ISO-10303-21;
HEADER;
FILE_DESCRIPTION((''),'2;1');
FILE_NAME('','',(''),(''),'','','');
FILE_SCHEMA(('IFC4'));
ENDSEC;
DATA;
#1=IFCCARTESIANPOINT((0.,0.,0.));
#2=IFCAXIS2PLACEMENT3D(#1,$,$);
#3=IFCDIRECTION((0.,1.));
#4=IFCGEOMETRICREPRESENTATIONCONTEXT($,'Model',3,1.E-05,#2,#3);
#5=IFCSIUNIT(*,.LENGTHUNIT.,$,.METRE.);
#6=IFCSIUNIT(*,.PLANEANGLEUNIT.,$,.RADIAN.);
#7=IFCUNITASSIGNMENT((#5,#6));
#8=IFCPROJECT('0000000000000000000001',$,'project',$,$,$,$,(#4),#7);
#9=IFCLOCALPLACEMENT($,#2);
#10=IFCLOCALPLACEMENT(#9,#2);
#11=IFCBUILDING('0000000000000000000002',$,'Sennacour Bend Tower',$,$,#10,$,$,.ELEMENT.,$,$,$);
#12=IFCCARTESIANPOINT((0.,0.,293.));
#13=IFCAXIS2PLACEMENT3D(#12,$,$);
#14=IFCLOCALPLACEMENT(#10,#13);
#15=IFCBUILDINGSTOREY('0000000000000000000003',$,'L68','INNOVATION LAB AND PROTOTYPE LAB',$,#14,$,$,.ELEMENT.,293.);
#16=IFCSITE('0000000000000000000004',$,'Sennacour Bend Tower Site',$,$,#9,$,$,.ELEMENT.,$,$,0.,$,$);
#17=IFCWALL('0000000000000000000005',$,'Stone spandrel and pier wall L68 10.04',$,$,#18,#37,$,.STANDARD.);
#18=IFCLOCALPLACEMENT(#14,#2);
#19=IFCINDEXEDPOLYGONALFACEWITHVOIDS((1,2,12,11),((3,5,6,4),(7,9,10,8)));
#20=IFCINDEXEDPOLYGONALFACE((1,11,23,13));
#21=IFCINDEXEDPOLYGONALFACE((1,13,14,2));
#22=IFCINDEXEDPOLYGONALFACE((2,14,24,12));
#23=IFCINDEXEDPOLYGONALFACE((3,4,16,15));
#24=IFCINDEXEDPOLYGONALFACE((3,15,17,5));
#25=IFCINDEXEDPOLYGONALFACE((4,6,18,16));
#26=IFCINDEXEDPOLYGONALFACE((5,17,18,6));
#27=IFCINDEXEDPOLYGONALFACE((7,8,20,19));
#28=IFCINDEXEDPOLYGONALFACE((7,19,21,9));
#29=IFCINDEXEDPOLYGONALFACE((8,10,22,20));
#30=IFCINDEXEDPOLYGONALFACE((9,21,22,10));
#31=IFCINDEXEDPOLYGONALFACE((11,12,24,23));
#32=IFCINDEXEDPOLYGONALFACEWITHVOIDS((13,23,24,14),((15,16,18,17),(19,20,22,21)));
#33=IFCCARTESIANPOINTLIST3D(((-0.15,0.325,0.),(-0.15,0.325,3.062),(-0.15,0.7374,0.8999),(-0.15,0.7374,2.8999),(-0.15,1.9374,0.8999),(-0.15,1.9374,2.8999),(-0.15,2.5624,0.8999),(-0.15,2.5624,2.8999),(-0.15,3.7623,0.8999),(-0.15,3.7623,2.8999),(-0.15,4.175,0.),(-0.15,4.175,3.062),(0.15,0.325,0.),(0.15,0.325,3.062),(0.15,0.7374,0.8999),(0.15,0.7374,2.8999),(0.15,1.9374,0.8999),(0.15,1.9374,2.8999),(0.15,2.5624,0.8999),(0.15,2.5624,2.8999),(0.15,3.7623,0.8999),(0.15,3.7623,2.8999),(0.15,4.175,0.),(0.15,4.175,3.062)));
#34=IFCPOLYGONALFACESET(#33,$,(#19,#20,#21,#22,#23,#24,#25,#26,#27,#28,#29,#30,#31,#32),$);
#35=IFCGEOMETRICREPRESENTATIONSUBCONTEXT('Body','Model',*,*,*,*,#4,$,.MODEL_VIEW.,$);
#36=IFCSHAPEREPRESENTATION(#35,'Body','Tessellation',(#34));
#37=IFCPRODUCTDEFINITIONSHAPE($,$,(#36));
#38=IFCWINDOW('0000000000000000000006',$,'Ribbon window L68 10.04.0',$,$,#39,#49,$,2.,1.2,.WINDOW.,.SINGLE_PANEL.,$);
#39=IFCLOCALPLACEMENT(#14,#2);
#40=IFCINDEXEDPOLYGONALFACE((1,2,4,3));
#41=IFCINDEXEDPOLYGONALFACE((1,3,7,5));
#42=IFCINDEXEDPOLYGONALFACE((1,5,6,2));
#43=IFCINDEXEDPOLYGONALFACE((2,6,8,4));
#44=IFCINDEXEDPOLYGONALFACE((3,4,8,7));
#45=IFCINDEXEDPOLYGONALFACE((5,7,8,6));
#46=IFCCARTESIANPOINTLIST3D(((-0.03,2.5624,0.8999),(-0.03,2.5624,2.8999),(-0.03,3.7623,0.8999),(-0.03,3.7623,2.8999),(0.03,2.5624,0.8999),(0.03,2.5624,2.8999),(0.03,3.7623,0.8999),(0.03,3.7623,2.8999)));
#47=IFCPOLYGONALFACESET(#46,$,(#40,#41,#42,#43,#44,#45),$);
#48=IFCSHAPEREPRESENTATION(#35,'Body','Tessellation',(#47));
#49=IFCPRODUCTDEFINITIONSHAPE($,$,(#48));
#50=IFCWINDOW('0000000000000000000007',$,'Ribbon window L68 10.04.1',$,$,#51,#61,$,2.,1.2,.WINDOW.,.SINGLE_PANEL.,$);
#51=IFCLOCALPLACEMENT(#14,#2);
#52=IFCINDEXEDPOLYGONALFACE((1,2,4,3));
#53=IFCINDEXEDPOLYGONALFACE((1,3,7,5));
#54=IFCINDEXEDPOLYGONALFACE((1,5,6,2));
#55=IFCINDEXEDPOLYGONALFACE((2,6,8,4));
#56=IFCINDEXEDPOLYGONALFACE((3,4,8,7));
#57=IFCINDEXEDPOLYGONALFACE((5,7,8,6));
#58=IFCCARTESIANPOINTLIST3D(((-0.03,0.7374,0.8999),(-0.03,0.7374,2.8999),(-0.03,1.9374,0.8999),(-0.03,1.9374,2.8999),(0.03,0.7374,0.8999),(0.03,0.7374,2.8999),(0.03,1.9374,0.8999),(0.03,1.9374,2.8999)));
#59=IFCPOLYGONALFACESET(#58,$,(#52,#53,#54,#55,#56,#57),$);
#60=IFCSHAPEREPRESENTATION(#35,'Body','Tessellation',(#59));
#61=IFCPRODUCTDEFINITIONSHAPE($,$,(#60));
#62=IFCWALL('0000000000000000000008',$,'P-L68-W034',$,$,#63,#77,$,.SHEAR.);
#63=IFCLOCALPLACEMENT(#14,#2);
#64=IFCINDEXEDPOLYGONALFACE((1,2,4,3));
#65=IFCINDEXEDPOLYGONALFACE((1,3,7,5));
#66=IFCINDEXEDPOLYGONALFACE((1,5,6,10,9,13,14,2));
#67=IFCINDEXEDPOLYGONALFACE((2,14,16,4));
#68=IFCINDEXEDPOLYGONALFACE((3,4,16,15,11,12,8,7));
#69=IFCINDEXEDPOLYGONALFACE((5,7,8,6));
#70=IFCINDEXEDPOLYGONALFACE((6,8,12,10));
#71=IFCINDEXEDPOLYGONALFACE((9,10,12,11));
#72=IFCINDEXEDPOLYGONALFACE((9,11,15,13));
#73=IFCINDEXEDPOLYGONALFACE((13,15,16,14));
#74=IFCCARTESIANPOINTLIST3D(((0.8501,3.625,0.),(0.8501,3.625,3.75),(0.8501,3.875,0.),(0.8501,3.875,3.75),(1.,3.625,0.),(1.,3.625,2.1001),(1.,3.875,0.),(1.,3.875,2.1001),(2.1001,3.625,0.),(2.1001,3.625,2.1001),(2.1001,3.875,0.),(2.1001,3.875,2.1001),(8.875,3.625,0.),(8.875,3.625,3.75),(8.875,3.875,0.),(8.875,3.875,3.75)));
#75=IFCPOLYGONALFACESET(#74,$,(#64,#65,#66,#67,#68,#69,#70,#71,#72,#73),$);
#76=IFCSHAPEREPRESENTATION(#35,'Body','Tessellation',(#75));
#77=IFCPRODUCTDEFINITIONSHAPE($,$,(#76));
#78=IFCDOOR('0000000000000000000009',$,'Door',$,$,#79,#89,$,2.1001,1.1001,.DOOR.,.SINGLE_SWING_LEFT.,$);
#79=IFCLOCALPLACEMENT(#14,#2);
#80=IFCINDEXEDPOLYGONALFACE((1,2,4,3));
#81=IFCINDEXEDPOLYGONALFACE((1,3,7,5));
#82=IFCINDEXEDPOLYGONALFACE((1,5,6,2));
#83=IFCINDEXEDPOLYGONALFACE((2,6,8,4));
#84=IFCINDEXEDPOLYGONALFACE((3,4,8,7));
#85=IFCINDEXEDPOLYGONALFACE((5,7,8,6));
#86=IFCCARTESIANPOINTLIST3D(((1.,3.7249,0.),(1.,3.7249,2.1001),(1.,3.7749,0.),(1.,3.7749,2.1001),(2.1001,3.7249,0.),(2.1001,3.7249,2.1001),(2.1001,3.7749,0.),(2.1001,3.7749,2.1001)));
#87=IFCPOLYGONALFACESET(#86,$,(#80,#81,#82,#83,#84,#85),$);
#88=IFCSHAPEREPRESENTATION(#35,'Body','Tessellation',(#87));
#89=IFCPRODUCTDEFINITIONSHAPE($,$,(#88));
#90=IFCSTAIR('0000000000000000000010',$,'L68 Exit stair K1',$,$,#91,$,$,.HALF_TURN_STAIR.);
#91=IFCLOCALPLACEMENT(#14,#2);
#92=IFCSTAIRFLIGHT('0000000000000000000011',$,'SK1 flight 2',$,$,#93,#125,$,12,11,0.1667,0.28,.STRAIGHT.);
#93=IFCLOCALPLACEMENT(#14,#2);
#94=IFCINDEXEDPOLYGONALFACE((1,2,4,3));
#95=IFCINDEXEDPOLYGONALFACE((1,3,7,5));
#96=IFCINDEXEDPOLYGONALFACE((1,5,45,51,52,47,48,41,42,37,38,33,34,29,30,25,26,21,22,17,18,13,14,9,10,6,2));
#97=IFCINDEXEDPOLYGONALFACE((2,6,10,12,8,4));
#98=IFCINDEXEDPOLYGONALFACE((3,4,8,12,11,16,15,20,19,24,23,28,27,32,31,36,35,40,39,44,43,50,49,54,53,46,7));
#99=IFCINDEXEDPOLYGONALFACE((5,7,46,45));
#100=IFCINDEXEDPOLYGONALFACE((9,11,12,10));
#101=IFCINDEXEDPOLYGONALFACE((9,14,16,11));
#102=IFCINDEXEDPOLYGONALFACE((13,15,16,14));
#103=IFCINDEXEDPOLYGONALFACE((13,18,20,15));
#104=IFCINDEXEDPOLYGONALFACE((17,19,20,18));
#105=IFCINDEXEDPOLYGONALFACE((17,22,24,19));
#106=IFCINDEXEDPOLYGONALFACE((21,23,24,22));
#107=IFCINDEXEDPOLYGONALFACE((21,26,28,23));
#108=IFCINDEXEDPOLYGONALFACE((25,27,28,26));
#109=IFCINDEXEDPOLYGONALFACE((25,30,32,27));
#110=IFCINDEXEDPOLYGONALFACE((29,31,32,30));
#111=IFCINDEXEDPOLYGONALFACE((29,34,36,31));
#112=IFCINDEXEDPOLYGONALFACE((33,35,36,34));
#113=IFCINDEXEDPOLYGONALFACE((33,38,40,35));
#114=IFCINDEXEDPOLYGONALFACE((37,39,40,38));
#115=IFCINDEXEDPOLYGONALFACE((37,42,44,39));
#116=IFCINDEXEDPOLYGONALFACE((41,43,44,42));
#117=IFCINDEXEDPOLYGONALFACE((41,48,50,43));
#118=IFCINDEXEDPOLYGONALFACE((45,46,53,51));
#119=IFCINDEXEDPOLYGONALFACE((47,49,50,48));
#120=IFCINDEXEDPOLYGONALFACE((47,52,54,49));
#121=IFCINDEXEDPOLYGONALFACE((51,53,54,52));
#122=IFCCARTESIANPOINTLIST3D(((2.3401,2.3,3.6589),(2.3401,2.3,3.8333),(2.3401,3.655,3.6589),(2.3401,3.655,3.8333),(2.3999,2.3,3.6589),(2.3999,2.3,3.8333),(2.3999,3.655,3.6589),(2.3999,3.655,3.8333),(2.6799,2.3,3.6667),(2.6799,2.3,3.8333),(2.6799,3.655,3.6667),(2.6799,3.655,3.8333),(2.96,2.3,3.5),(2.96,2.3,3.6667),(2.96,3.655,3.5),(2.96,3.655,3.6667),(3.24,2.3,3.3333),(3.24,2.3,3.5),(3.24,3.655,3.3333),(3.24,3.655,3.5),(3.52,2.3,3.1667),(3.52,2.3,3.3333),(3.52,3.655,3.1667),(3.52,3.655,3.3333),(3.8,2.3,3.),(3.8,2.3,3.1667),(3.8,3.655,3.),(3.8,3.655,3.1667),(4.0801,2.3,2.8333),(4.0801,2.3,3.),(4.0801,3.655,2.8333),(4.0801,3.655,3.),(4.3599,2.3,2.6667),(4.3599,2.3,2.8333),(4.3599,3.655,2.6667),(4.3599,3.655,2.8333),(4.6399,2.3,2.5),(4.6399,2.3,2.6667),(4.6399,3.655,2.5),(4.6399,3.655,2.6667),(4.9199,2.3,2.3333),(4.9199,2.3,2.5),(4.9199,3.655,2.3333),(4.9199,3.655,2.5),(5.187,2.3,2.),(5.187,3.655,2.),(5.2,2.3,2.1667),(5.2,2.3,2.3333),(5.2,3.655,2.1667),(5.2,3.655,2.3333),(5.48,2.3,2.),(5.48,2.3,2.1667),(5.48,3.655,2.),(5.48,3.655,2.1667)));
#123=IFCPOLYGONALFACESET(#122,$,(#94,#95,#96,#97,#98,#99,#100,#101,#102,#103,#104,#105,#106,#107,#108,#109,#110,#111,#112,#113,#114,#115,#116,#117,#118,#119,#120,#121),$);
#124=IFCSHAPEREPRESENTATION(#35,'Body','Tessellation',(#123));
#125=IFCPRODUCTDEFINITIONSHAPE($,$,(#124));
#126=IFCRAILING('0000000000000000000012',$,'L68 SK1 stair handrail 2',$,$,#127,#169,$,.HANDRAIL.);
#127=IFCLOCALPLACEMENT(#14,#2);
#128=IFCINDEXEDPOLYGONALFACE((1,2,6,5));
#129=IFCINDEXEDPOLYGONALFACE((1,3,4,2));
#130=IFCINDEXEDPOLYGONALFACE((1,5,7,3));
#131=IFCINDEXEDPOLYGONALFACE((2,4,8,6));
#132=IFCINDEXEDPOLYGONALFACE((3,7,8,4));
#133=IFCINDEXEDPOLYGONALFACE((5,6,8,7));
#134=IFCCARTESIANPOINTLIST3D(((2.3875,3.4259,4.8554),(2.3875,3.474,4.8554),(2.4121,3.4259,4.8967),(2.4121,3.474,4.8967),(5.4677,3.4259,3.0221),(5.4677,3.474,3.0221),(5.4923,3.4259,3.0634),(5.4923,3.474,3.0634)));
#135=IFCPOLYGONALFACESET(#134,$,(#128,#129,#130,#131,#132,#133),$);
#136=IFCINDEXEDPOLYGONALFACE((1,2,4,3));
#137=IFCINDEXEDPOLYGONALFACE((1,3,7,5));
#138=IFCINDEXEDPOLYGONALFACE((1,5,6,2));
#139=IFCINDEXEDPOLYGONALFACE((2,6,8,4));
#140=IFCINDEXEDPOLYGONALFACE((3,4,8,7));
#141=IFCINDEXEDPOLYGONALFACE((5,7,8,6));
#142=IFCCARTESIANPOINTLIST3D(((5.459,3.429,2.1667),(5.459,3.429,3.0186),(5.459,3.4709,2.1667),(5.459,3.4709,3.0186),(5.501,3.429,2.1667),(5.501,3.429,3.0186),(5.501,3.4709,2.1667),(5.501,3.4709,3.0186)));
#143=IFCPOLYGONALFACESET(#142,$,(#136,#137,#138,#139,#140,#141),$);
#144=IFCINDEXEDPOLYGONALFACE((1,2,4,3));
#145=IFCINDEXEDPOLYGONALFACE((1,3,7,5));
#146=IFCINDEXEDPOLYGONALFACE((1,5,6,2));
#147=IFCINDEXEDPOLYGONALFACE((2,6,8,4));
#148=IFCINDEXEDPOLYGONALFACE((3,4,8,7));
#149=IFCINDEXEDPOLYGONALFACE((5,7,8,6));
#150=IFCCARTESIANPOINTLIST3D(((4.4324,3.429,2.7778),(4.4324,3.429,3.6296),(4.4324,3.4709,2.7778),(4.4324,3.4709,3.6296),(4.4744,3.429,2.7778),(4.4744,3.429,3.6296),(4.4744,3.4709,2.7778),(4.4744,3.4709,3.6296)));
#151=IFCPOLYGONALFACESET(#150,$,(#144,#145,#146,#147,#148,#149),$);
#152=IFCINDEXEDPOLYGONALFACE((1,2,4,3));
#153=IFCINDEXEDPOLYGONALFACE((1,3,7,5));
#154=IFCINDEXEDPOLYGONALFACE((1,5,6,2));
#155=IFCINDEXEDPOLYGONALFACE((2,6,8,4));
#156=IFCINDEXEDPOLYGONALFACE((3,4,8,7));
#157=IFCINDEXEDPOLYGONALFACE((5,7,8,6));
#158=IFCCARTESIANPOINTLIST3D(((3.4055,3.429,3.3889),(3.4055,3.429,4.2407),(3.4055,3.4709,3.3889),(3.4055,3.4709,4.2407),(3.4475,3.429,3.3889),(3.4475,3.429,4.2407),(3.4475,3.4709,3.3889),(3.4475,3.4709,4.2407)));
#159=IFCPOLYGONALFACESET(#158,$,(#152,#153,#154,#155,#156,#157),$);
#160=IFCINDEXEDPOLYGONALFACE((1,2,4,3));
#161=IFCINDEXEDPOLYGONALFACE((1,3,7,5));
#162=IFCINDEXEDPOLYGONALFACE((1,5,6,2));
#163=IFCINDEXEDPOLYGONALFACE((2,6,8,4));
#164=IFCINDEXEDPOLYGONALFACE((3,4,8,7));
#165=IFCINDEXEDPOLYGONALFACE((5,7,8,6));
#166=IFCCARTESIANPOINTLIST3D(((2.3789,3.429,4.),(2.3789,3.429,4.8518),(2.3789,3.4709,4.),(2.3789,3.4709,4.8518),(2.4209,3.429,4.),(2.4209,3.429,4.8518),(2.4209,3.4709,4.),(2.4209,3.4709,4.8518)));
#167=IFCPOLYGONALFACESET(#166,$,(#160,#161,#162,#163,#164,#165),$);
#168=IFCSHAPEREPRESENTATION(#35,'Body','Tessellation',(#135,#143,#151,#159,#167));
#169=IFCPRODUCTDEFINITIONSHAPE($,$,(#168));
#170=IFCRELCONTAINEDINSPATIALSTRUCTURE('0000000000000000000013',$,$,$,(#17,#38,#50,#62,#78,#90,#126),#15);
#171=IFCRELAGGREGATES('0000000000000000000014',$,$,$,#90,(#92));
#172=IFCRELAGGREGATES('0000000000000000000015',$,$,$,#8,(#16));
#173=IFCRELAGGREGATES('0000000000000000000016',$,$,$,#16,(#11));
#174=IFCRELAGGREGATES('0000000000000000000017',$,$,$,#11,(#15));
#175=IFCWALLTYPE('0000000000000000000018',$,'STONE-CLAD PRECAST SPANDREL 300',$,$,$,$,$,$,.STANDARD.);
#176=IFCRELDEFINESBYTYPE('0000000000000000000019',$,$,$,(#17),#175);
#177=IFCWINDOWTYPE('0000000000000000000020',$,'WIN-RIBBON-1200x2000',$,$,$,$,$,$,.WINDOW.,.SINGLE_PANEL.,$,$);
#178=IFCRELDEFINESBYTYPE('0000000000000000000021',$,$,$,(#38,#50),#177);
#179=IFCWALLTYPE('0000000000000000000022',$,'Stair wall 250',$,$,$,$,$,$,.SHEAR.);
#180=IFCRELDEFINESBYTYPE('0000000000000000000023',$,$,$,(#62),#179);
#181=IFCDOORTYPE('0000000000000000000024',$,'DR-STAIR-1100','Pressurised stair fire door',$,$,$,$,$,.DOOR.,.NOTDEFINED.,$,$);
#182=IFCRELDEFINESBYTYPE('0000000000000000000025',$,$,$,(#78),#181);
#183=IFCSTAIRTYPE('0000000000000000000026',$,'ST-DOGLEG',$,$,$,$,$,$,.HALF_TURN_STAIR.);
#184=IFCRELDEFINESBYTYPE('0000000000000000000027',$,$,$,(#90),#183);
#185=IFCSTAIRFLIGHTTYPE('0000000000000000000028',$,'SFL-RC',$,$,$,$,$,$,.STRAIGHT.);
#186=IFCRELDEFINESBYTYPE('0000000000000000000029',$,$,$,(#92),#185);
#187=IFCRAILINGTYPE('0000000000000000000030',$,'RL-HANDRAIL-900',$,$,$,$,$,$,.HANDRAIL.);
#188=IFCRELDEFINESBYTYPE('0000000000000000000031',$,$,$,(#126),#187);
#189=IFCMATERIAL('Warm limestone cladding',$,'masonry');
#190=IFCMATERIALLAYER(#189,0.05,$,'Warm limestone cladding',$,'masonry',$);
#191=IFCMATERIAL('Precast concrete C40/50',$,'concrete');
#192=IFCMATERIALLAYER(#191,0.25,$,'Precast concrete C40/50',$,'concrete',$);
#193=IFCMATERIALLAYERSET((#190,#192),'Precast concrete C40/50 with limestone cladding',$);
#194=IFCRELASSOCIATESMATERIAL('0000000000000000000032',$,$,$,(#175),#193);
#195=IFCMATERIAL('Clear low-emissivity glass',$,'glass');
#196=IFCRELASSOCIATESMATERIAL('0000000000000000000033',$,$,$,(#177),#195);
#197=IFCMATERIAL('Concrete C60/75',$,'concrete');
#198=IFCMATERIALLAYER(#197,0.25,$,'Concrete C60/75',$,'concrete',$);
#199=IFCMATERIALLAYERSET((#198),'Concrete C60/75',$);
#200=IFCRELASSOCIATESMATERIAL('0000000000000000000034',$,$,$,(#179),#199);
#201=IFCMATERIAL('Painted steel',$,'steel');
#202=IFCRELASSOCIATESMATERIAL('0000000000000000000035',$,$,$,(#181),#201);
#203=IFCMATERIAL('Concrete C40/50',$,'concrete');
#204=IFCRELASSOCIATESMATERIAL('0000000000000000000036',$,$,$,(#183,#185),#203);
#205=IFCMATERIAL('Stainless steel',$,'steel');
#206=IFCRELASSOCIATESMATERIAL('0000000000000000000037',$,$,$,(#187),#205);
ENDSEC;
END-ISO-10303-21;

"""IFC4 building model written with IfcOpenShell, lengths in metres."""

from ifc_helpers import new_model, si_unit, direction, frame, frame_2d, origin, origin_2d, place, context, subcontext, project, spatial, polyline, rectangle, outline, extrude, material, layer, layer_set, type_object, element, fill, aggregate, save


model = new_model("IFC4")

# Units and contexts
model_context = context("Model", 3, precision=1e-05, world=origin(), true_north=direction((0.0, 1.0)))
body_context = subcontext(model_context, "Body", "Model", "MODEL_VIEW")
ifc_project = project(units=[si_unit("LENGTHUNIT", "METRE"), si_unit("PLANEANGLEUNIT", "RADIAN")], contexts=[model_context])

# Site, building, storey
site_placement = place(None, origin())
site = spatial("IfcSite", under=ifc_project, at=site_placement, Name="Sennacour Bend Tower Site", CompositionType="ELEMENT", RefElevation=0.0)
building_placement = place(site_placement, origin())
building = spatial("IfcBuilding", under=site, at=building_placement, Name="Sennacour Bend Tower", CompositionType="ELEMENT")
storey_placement = place(building_placement, frame((0.0, 0.0, 293.0)))
storey = spatial("IfcBuildingStorey", under=building, at=storey_placement, Name="L68", Description="INNOVATION LAB AND PROTOTYPE LAB", CompositionType="ELEMENT", Elevation=293.0)

# Wall, openings, windows
ifc_material_1 = material(Name="Warm limestone cladding", Category="masonry")
ifc_layer_1 = layer(ifc_material_1, 0.05, Name="Warm limestone cladding", Category="masonry")
ifc_material_2 = material(Name="Precast concrete C40/50", Category="concrete")
ifc_layer_2 = layer(ifc_material_2, 0.25, Name="Precast concrete C40/50", Category="concrete")
ifc_layer_set_1 = layer_set([ifc_layer_1, ifc_layer_2], Name="Precast concrete C40/50 with limestone cladding")
wall_type_1 = type_object("IfcWallType", Name="STONE-CLAD PRECAST SPANDREL 300", PredefinedType="STANDARD", material=ifc_layer_set_1)
ifc_material_3 = material(Name="Clear low-emissivity glass", Category="glass")
window_type = type_object("IfcWindowType", Name="WIN-RIBBON-1200x2000", PartitioningType="SINGLE_PANEL", PredefinedType="WINDOW", material=ifc_material_3)
wall_1_placement = place(storey_placement, frame((0.0, 4.175, 0.0), z_axis=(0.0, 0.0, 1.0), x_axis=(0.0, -1.0, 0.0)))
wall_1 = element("IfcWall", 1, at=wall_1_placement, inside=storey, type_object=wall_type_1, Name="Stone spandrel and pier wall L68 10.04", PredefinedType="STANDARD", context=body_context, shape_type="SweptSolid", body=[
    extrude(rectangle(XDim=3.8501, YDim=0.3, at=frame_2d((1.925, 0.0))), origin(), (0.0, 0.0, 1.0), 3.062),
])
opening_1_placement = place(wall_1_placement, frame((0.4126, 0.0, 0.8999)))
opening_1 = element("IfcOpeningElement", 2, at=opening_1_placement, cuts=wall_1, PredefinedType="OPENING", context=body_context, shape_type="SweptSolid", body=[
    extrude(rectangle(XDim=1.2, YDim=2.0, at=frame_2d((0.6001, 1.0))), frame((0.0, 0.1602, 0.0), z_axis=(0.0, -1.0, 0.0), x_axis=(1.0, 0.0, 0.0)), (0.0, 0.0, 1.0), 0.3201),
])
opening_2_placement = place(wall_1_placement, frame((2.2375, 0.0, 0.8999)))
opening_2 = element("IfcOpeningElement", 3, at=opening_2_placement, cuts=wall_1, PredefinedType="OPENING", context=body_context, shape_type="SweptSolid", body=[
    extrude(rectangle(XDim=1.2, YDim=2.0, at=frame_2d((0.6001, 1.0))), frame((0.0, 0.1602, 0.0), z_axis=(0.0, -1.0, 0.0), x_axis=(1.0, 0.0, 0.0)), (0.0, 0.0, 1.0), 0.3201),
])
window_1_placement = place(opening_1_placement, origin())
window_1 = element("IfcWindow", 4, at=window_1_placement, inside=storey, type_object=window_type, Name="Ribbon window L68 10.04.0", OverallHeight=2.0, OverallWidth=1.2, PartitioningType="SINGLE_PANEL", PredefinedType="WINDOW", context=body_context, shape_type="SweptSolid", body=[
    extrude(rectangle(XDim=1.2, YDim=2.0, at=frame_2d((0.6001, 1.0))), frame((0.0, 0.03, 0.0), z_axis=(0.0, -1.0, 0.0), x_axis=(1.0, 0.0, 0.0)), (0.0, 0.0, 1.0), 0.0601),
])
fill(opening_1, window_1)
window_2_placement = place(opening_2_placement, origin())
window_2 = element("IfcWindow", 5, at=window_2_placement, inside=storey, type_object=window_type, Name="Ribbon window L68 10.04.1", OverallHeight=2.0, OverallWidth=1.2, PartitioningType="SINGLE_PANEL", PredefinedType="WINDOW", context=body_context, shape_type="SweptSolid", body=[
    extrude(rectangle(XDim=1.2, YDim=2.0, at=frame_2d((0.6001, 1.0))), frame((0.0, 0.03, 0.0), z_axis=(0.0, -1.0, 0.0), x_axis=(1.0, 0.0, 0.0)), (0.0, 0.0, 1.0), 0.0601),
])
fill(opening_2, window_2)

# Wall, opening, door
ifc_material_4 = material(Name="Concrete C60/75", Category="concrete")
ifc_layer_3 = layer(ifc_material_4, 0.25, Name="Concrete C60/75", Category="concrete")
ifc_layer_set_2 = layer_set([ifc_layer_3], Name="Concrete C60/75")
wall_type_2 = type_object("IfcWallType", Name="Stair wall 250", PredefinedType="SHEAR", material=ifc_layer_set_2)
wall_2_placement = place(storey_placement, frame((0.8501, 3.75, 0.0), z_axis=(0.0, 0.0, 1.0), x_axis=(1.0, 0.0, 0.0)))
wall_2 = element("IfcWall", 6, at=wall_2_placement, inside=storey, type_object=wall_type_2, Name="P-L68-W034", PredefinedType="SHEAR", context=body_context, shape_type="SweptSolid", body=[
    extrude(rectangle(XDim=8.0249, YDim=0.25, at=frame_2d((4.0125, 0.0))), origin(), (0.0, 0.0, 1.0), 3.75),
])
opening_3_placement = place(wall_2_placement, frame((0.1499, 0.0, 0.0)))
opening_3 = element("IfcOpeningElement", 7, at=opening_3_placement, cuts=wall_2, PredefinedType="OPENING", context=body_context, shape_type="SweptSolid", body=[
    extrude(rectangle(XDim=1.1001, YDim=2.1001, at=frame_2d((0.55, 1.05))), frame((0.0, 0.135, 0.0), z_axis=(0.0, -1.0, 0.0), x_axis=(1.0, 0.0, 0.0)), (0.0, 0.0, 1.0), 0.27),
])
ifc_material_5 = material(Name="Painted steel", Category="steel")
door_type = type_object("IfcDoorType", Name="DR-STAIR-1100", Description="Pressurised stair fire door", OperationType="NOTDEFINED", PredefinedType="DOOR", material=ifc_material_5)
door_placement = place(opening_3_placement, origin())
door = element("IfcDoor", 8, at=door_placement, inside=storey, type_object=door_type, Name="Door", OperationType="SINGLE_SWING_LEFT", OverallHeight=2.1001, OverallWidth=1.1001, PredefinedType="DOOR", context=body_context, shape_type="SweptSolid", body=[
    extrude(rectangle(XDim=1.1001, YDim=2.1001, at=frame_2d((0.55, 1.05))), frame((0.0, 0.0249, 0.0), z_axis=(0.0, -1.0, 0.0), x_axis=(1.0, 0.0, 0.0)), (0.0, 0.0, 1.0), 0.05),
])
fill(opening_3, door)

# Stair, stair flight
ifc_material_6 = material(Name="Concrete C40/50", Category="concrete")
stair_type = type_object("IfcStairType", Name="ST-DOGLEG", PredefinedType="HALF_TURN_STAIR", material=ifc_material_6)
stair_placement = place(storey_placement, origin())
stair = element("IfcStair", 9, at=stair_placement, inside=storey, type_object=stair_type, Name="L68 Exit stair K1", PredefinedType="HALF_TURN_STAIR")
stair_flight_type = type_object("IfcStairFlightType", Name="SFL-RC", PredefinedType="STRAIGHT", material=ifc_material_6)
stair_flight_placement = place(storey_placement, frame((5.48, 2.9775, 2.0), z_axis=(0.0, 0.0, 1.0), x_axis=(-1.0, 0.0, 0.0)))
stair_flight = element("IfcStairFlight", 10, at=stair_flight_placement, type_object=stair_flight_type, Name="SK1 flight 2", NumberOfRisers=12, NumberOfTreads=11, PredefinedType="STRAIGHT", RiserHeight=0.1667, TreadLength=0.28, context=body_context, shape_type="SweptSolid", body=[
    extrude(outline(polyline([(0.0, 0.0), (0.0, 0.1667), (0.28, 0.1667), (0.28, 0.3333), (0.5601, 0.3333), (0.5601, 0.5), (0.8401, 0.5), (0.8401, 0.6667), (1.1201, 0.6667), (1.1201, 0.8333), (1.3999, 0.8333), (1.3999, 1.0), (1.6799, 1.0), (1.6799, 1.1667), (1.96, 1.1667), (1.96, 1.3333), (2.24, 1.3333), (2.24, 1.5), (2.52, 1.5), (2.52, 1.6667), (2.8, 1.6667), (2.8, 1.8333), (3.0801, 1.8333), (3.1399, 1.8333), (3.1399, 1.6589), (3.0801, 1.6589), (0.293, 0.0), (0.0, 0.0)])), frame((0.0, 0.6775, 0.0), z_axis=(0.0, -1.0, 0.0), x_axis=(1.0, 0.0, 0.0)), (0.0, 0.0, 1.0), 1.355),
])
aggregate(stair, [stair_flight])

# Railing
ifc_material_7 = material(Name="Stainless steel", Category="steel")
railing_type = type_object("IfcRailingType", Name="RL-HANDRAIL-900", PredefinedType="HANDRAIL", material=ifc_material_7)
railing_placement = place(storey_placement, frame((5.48, 3.45, 2.1667)))
element("IfcRailing", 11, at=railing_placement, inside=storey, type_object=railing_type, Name="L68 SK1 stair handrail 2", PredefinedType="HANDRAIL", context=body_context, shape_type="SweptSolid", body=[
    extrude(rectangle(XDim=0.0481, YDim=0.0481, at=origin_2d()), frame((0.0, 0.0, 0.876), z_axis=(-0.859309, 0.0, 0.511458), x_axis=(0.0, -1.0, 0.0)), (0.0, 0.0, 1.0), 3.5845),
    extrude(rectangle(XDim=0.042, YDim=0.042, at=origin_2d()), origin(), (0.0, 0.0, 1.0), 0.8518),
    extrude(rectangle(XDim=0.042, YDim=0.042, at=origin_2d()), frame((-1.0266, 0.0, 0.6111)), (0.0, 0.0, 1.0), 0.8518),
    extrude(rectangle(XDim=0.042, YDim=0.042, at=origin_2d()), frame((-2.0535, 0.0, 1.2222)), (0.0, 0.0, 1.0), 0.8518),
    extrude(rectangle(XDim=0.042, YDim=0.042, at=origin_2d()), frame((-3.0801, 0.0, 1.8333)), (0.0, 0.0, 1.0), 0.8518),
])

save(model, "model.ifc")
